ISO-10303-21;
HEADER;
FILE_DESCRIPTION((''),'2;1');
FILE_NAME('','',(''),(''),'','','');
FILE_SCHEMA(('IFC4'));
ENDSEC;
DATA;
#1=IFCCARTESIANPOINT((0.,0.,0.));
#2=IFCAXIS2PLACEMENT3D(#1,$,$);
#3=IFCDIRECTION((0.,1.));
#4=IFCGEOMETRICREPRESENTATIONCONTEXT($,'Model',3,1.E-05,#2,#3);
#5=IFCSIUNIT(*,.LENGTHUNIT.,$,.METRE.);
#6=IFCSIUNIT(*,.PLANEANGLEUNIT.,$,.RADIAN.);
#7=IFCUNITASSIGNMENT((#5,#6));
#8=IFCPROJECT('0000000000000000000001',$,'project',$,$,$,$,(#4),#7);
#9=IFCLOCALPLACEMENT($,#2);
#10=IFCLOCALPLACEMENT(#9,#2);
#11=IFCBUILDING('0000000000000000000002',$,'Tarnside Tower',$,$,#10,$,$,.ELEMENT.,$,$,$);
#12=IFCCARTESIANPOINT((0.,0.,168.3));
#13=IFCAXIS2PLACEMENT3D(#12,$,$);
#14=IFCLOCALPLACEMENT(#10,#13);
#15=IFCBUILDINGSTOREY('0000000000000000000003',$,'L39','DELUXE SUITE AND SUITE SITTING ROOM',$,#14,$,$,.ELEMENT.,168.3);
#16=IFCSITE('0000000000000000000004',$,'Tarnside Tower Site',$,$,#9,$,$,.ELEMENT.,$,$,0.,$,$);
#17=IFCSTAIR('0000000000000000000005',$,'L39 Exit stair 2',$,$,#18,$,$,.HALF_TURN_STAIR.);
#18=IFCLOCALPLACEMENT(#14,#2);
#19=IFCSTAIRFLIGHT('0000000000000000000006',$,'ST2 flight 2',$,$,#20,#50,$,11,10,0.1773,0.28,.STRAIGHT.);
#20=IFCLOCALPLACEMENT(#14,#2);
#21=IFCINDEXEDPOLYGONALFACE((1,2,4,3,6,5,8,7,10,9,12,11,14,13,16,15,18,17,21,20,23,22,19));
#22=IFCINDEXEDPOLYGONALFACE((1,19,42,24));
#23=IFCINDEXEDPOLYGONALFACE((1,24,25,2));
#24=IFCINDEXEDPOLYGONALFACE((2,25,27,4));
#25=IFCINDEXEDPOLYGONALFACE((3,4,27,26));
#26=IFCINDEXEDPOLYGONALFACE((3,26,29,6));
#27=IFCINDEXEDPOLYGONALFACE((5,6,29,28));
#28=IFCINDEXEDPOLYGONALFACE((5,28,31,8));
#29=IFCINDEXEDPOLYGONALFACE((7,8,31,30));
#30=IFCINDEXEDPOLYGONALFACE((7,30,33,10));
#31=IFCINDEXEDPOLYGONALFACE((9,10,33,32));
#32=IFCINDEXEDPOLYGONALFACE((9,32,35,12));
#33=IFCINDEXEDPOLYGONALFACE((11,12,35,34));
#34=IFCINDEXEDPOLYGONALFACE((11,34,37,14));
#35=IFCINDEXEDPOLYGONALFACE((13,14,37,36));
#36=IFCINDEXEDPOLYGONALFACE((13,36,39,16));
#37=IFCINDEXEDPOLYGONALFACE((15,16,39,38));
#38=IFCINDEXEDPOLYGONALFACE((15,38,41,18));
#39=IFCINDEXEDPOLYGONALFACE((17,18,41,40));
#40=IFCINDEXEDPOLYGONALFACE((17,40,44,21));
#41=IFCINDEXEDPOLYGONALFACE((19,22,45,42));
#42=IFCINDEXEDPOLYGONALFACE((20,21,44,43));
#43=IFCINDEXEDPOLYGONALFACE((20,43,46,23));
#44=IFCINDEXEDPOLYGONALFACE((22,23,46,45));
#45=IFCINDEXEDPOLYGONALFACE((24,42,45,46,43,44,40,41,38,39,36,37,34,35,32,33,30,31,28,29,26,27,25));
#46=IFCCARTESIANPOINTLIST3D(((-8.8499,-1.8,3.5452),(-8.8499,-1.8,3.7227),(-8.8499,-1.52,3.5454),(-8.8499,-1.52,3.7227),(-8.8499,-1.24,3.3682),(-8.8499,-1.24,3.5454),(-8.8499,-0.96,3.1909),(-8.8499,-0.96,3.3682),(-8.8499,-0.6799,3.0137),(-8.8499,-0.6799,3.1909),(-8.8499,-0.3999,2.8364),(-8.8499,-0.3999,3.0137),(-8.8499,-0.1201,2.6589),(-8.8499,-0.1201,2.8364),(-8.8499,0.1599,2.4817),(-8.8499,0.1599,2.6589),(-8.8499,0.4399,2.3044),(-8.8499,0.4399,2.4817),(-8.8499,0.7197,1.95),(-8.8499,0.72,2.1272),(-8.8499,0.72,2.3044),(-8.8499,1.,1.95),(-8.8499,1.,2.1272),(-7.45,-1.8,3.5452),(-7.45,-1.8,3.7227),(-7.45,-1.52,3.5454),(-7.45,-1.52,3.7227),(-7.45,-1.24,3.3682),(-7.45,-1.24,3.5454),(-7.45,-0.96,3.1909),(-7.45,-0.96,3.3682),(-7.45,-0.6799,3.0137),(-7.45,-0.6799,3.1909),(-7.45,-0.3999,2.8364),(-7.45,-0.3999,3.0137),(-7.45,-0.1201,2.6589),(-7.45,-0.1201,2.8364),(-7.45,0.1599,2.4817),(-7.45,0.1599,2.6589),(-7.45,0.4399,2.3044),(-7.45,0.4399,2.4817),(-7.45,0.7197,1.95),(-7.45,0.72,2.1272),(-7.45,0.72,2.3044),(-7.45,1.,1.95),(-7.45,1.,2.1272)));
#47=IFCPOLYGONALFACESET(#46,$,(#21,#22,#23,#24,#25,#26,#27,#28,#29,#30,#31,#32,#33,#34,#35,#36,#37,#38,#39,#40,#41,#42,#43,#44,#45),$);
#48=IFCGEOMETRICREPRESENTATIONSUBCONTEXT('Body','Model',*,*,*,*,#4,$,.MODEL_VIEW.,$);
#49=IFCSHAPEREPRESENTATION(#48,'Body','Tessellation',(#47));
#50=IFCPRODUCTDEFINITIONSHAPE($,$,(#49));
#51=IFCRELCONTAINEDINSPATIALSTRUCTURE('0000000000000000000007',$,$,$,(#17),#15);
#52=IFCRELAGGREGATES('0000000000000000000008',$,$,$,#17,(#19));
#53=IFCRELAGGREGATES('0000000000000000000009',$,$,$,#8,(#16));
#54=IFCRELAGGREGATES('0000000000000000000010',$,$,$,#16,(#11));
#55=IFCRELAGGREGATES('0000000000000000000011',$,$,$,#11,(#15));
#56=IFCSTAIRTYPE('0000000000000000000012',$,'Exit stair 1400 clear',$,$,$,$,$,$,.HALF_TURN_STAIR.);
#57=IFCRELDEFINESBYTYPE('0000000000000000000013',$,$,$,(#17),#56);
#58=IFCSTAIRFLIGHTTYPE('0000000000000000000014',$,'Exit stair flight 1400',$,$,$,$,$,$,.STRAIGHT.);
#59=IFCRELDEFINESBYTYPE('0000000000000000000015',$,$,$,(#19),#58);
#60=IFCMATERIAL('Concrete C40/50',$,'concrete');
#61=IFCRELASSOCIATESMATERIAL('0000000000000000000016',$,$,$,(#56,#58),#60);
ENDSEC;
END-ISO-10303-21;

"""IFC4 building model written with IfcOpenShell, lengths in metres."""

from ifc_helpers import new_model, si_unit, direction, frame, origin, place, context, subcontext, project, spatial, polyline, outline, extrude, material, type_object, element, aggregate, save


model = new_model("IFC4")

# Units and contexts
model_context = context("Model", 3, precision=1e-05, world=origin(), true_north=direction((0.0, 1.0)))
body_context = subcontext(model_context, "Body", "Model", "MODEL_VIEW")
ifc_project = project(units=[si_unit("LENGTHUNIT", "METRE"), si_unit("PLANEANGLEUNIT", "RADIAN")], contexts=[model_context])

# Site, building, storey
site_placement = place(None, origin())
site = spatial("IfcSite", under=ifc_project, at=site_placement, Name="Tarnside Tower Site", CompositionType="ELEMENT", RefElevation=0.0)
building_placement = place(site_placement, origin())
building = spatial("IfcBuilding", under=site, at=building_placement, Name="Tarnside Tower", CompositionType="ELEMENT")
storey_placement = place(building_placement, frame((0.0, 0.0, 168.3)))
storey = spatial("IfcBuildingStorey", under=building, at=storey_placement, Name="L39", Description="DELUXE SUITE AND SUITE SITTING ROOM", CompositionType="ELEMENT", Elevation=168.3)

# Shared definitions
ifc_material_1 = material(Name="Concrete C40/50", Category="concrete")
stair_type = type_object("IfcStairType", Name="Exit stair 1400 clear", PredefinedType="HALF_TURN_STAIR", material=ifc_material_1)

# Stair, stair flight
stair_1_placement = place(storey_placement, origin())
stair_1 = element("IfcStair", 1, at=stair_1_placement, inside=storey, type_object=stair_type, Name="L39 Exit stair 2", PredefinedType="HALF_TURN_STAIR")
stair_flight_type = type_object("IfcStairFlightType", Name="Exit stair flight 1400", PredefinedType="STRAIGHT", material=ifc_material_1)
stair_flight_placement = place(storey_placement, frame((-8.1499, 1.0, 1.95), z_axis=(0.0, 0.0, 1.0), x_axis=(0.0, -1.0, 0.0)))
stair_flight = element("IfcStairFlight", 2, at=stair_flight_placement, type_object=stair_flight_type, Name="ST2 flight 2", NumberOfRisers=11, NumberOfTreads=10, PredefinedType="STRAIGHT", RiserHeight=0.1773, TreadLength=0.28, context=body_context, shape_type="SweptSolid", body=[
    extrude(outline(polyline([(0.0, 0.0), (0.0, 0.1772), (0.28, 0.1772), (0.28, 0.3545), (0.5601, 0.3545), (0.5601, 0.5317), (0.8401, 0.5317), (0.8401, 0.709), (1.1201, 0.709), (1.1201, 0.8865), (1.3999, 0.8865), (1.3999, 1.0637), (1.6799, 1.0637), (1.6799, 1.241), (1.96, 1.241), (1.96, 1.4182), (2.24, 1.4182), (2.24, 1.5955), (2.52, 1.5955), (2.52, 1.7727), (2.8, 1.7727), (2.8, 1.95), (2.8, 1.5952), (0.2803, 0.0), (0.0, 0.0)])), frame((0.0, 0.7, 0.0), z_axis=(0.0, -1.0, 0.0), x_axis=(1.0, 0.0, 0.0)), (0.0, 0.0, 1.0), 1.3999),
])
aggregate(stair_1, [stair_flight])

save(model, "model.ifc")
